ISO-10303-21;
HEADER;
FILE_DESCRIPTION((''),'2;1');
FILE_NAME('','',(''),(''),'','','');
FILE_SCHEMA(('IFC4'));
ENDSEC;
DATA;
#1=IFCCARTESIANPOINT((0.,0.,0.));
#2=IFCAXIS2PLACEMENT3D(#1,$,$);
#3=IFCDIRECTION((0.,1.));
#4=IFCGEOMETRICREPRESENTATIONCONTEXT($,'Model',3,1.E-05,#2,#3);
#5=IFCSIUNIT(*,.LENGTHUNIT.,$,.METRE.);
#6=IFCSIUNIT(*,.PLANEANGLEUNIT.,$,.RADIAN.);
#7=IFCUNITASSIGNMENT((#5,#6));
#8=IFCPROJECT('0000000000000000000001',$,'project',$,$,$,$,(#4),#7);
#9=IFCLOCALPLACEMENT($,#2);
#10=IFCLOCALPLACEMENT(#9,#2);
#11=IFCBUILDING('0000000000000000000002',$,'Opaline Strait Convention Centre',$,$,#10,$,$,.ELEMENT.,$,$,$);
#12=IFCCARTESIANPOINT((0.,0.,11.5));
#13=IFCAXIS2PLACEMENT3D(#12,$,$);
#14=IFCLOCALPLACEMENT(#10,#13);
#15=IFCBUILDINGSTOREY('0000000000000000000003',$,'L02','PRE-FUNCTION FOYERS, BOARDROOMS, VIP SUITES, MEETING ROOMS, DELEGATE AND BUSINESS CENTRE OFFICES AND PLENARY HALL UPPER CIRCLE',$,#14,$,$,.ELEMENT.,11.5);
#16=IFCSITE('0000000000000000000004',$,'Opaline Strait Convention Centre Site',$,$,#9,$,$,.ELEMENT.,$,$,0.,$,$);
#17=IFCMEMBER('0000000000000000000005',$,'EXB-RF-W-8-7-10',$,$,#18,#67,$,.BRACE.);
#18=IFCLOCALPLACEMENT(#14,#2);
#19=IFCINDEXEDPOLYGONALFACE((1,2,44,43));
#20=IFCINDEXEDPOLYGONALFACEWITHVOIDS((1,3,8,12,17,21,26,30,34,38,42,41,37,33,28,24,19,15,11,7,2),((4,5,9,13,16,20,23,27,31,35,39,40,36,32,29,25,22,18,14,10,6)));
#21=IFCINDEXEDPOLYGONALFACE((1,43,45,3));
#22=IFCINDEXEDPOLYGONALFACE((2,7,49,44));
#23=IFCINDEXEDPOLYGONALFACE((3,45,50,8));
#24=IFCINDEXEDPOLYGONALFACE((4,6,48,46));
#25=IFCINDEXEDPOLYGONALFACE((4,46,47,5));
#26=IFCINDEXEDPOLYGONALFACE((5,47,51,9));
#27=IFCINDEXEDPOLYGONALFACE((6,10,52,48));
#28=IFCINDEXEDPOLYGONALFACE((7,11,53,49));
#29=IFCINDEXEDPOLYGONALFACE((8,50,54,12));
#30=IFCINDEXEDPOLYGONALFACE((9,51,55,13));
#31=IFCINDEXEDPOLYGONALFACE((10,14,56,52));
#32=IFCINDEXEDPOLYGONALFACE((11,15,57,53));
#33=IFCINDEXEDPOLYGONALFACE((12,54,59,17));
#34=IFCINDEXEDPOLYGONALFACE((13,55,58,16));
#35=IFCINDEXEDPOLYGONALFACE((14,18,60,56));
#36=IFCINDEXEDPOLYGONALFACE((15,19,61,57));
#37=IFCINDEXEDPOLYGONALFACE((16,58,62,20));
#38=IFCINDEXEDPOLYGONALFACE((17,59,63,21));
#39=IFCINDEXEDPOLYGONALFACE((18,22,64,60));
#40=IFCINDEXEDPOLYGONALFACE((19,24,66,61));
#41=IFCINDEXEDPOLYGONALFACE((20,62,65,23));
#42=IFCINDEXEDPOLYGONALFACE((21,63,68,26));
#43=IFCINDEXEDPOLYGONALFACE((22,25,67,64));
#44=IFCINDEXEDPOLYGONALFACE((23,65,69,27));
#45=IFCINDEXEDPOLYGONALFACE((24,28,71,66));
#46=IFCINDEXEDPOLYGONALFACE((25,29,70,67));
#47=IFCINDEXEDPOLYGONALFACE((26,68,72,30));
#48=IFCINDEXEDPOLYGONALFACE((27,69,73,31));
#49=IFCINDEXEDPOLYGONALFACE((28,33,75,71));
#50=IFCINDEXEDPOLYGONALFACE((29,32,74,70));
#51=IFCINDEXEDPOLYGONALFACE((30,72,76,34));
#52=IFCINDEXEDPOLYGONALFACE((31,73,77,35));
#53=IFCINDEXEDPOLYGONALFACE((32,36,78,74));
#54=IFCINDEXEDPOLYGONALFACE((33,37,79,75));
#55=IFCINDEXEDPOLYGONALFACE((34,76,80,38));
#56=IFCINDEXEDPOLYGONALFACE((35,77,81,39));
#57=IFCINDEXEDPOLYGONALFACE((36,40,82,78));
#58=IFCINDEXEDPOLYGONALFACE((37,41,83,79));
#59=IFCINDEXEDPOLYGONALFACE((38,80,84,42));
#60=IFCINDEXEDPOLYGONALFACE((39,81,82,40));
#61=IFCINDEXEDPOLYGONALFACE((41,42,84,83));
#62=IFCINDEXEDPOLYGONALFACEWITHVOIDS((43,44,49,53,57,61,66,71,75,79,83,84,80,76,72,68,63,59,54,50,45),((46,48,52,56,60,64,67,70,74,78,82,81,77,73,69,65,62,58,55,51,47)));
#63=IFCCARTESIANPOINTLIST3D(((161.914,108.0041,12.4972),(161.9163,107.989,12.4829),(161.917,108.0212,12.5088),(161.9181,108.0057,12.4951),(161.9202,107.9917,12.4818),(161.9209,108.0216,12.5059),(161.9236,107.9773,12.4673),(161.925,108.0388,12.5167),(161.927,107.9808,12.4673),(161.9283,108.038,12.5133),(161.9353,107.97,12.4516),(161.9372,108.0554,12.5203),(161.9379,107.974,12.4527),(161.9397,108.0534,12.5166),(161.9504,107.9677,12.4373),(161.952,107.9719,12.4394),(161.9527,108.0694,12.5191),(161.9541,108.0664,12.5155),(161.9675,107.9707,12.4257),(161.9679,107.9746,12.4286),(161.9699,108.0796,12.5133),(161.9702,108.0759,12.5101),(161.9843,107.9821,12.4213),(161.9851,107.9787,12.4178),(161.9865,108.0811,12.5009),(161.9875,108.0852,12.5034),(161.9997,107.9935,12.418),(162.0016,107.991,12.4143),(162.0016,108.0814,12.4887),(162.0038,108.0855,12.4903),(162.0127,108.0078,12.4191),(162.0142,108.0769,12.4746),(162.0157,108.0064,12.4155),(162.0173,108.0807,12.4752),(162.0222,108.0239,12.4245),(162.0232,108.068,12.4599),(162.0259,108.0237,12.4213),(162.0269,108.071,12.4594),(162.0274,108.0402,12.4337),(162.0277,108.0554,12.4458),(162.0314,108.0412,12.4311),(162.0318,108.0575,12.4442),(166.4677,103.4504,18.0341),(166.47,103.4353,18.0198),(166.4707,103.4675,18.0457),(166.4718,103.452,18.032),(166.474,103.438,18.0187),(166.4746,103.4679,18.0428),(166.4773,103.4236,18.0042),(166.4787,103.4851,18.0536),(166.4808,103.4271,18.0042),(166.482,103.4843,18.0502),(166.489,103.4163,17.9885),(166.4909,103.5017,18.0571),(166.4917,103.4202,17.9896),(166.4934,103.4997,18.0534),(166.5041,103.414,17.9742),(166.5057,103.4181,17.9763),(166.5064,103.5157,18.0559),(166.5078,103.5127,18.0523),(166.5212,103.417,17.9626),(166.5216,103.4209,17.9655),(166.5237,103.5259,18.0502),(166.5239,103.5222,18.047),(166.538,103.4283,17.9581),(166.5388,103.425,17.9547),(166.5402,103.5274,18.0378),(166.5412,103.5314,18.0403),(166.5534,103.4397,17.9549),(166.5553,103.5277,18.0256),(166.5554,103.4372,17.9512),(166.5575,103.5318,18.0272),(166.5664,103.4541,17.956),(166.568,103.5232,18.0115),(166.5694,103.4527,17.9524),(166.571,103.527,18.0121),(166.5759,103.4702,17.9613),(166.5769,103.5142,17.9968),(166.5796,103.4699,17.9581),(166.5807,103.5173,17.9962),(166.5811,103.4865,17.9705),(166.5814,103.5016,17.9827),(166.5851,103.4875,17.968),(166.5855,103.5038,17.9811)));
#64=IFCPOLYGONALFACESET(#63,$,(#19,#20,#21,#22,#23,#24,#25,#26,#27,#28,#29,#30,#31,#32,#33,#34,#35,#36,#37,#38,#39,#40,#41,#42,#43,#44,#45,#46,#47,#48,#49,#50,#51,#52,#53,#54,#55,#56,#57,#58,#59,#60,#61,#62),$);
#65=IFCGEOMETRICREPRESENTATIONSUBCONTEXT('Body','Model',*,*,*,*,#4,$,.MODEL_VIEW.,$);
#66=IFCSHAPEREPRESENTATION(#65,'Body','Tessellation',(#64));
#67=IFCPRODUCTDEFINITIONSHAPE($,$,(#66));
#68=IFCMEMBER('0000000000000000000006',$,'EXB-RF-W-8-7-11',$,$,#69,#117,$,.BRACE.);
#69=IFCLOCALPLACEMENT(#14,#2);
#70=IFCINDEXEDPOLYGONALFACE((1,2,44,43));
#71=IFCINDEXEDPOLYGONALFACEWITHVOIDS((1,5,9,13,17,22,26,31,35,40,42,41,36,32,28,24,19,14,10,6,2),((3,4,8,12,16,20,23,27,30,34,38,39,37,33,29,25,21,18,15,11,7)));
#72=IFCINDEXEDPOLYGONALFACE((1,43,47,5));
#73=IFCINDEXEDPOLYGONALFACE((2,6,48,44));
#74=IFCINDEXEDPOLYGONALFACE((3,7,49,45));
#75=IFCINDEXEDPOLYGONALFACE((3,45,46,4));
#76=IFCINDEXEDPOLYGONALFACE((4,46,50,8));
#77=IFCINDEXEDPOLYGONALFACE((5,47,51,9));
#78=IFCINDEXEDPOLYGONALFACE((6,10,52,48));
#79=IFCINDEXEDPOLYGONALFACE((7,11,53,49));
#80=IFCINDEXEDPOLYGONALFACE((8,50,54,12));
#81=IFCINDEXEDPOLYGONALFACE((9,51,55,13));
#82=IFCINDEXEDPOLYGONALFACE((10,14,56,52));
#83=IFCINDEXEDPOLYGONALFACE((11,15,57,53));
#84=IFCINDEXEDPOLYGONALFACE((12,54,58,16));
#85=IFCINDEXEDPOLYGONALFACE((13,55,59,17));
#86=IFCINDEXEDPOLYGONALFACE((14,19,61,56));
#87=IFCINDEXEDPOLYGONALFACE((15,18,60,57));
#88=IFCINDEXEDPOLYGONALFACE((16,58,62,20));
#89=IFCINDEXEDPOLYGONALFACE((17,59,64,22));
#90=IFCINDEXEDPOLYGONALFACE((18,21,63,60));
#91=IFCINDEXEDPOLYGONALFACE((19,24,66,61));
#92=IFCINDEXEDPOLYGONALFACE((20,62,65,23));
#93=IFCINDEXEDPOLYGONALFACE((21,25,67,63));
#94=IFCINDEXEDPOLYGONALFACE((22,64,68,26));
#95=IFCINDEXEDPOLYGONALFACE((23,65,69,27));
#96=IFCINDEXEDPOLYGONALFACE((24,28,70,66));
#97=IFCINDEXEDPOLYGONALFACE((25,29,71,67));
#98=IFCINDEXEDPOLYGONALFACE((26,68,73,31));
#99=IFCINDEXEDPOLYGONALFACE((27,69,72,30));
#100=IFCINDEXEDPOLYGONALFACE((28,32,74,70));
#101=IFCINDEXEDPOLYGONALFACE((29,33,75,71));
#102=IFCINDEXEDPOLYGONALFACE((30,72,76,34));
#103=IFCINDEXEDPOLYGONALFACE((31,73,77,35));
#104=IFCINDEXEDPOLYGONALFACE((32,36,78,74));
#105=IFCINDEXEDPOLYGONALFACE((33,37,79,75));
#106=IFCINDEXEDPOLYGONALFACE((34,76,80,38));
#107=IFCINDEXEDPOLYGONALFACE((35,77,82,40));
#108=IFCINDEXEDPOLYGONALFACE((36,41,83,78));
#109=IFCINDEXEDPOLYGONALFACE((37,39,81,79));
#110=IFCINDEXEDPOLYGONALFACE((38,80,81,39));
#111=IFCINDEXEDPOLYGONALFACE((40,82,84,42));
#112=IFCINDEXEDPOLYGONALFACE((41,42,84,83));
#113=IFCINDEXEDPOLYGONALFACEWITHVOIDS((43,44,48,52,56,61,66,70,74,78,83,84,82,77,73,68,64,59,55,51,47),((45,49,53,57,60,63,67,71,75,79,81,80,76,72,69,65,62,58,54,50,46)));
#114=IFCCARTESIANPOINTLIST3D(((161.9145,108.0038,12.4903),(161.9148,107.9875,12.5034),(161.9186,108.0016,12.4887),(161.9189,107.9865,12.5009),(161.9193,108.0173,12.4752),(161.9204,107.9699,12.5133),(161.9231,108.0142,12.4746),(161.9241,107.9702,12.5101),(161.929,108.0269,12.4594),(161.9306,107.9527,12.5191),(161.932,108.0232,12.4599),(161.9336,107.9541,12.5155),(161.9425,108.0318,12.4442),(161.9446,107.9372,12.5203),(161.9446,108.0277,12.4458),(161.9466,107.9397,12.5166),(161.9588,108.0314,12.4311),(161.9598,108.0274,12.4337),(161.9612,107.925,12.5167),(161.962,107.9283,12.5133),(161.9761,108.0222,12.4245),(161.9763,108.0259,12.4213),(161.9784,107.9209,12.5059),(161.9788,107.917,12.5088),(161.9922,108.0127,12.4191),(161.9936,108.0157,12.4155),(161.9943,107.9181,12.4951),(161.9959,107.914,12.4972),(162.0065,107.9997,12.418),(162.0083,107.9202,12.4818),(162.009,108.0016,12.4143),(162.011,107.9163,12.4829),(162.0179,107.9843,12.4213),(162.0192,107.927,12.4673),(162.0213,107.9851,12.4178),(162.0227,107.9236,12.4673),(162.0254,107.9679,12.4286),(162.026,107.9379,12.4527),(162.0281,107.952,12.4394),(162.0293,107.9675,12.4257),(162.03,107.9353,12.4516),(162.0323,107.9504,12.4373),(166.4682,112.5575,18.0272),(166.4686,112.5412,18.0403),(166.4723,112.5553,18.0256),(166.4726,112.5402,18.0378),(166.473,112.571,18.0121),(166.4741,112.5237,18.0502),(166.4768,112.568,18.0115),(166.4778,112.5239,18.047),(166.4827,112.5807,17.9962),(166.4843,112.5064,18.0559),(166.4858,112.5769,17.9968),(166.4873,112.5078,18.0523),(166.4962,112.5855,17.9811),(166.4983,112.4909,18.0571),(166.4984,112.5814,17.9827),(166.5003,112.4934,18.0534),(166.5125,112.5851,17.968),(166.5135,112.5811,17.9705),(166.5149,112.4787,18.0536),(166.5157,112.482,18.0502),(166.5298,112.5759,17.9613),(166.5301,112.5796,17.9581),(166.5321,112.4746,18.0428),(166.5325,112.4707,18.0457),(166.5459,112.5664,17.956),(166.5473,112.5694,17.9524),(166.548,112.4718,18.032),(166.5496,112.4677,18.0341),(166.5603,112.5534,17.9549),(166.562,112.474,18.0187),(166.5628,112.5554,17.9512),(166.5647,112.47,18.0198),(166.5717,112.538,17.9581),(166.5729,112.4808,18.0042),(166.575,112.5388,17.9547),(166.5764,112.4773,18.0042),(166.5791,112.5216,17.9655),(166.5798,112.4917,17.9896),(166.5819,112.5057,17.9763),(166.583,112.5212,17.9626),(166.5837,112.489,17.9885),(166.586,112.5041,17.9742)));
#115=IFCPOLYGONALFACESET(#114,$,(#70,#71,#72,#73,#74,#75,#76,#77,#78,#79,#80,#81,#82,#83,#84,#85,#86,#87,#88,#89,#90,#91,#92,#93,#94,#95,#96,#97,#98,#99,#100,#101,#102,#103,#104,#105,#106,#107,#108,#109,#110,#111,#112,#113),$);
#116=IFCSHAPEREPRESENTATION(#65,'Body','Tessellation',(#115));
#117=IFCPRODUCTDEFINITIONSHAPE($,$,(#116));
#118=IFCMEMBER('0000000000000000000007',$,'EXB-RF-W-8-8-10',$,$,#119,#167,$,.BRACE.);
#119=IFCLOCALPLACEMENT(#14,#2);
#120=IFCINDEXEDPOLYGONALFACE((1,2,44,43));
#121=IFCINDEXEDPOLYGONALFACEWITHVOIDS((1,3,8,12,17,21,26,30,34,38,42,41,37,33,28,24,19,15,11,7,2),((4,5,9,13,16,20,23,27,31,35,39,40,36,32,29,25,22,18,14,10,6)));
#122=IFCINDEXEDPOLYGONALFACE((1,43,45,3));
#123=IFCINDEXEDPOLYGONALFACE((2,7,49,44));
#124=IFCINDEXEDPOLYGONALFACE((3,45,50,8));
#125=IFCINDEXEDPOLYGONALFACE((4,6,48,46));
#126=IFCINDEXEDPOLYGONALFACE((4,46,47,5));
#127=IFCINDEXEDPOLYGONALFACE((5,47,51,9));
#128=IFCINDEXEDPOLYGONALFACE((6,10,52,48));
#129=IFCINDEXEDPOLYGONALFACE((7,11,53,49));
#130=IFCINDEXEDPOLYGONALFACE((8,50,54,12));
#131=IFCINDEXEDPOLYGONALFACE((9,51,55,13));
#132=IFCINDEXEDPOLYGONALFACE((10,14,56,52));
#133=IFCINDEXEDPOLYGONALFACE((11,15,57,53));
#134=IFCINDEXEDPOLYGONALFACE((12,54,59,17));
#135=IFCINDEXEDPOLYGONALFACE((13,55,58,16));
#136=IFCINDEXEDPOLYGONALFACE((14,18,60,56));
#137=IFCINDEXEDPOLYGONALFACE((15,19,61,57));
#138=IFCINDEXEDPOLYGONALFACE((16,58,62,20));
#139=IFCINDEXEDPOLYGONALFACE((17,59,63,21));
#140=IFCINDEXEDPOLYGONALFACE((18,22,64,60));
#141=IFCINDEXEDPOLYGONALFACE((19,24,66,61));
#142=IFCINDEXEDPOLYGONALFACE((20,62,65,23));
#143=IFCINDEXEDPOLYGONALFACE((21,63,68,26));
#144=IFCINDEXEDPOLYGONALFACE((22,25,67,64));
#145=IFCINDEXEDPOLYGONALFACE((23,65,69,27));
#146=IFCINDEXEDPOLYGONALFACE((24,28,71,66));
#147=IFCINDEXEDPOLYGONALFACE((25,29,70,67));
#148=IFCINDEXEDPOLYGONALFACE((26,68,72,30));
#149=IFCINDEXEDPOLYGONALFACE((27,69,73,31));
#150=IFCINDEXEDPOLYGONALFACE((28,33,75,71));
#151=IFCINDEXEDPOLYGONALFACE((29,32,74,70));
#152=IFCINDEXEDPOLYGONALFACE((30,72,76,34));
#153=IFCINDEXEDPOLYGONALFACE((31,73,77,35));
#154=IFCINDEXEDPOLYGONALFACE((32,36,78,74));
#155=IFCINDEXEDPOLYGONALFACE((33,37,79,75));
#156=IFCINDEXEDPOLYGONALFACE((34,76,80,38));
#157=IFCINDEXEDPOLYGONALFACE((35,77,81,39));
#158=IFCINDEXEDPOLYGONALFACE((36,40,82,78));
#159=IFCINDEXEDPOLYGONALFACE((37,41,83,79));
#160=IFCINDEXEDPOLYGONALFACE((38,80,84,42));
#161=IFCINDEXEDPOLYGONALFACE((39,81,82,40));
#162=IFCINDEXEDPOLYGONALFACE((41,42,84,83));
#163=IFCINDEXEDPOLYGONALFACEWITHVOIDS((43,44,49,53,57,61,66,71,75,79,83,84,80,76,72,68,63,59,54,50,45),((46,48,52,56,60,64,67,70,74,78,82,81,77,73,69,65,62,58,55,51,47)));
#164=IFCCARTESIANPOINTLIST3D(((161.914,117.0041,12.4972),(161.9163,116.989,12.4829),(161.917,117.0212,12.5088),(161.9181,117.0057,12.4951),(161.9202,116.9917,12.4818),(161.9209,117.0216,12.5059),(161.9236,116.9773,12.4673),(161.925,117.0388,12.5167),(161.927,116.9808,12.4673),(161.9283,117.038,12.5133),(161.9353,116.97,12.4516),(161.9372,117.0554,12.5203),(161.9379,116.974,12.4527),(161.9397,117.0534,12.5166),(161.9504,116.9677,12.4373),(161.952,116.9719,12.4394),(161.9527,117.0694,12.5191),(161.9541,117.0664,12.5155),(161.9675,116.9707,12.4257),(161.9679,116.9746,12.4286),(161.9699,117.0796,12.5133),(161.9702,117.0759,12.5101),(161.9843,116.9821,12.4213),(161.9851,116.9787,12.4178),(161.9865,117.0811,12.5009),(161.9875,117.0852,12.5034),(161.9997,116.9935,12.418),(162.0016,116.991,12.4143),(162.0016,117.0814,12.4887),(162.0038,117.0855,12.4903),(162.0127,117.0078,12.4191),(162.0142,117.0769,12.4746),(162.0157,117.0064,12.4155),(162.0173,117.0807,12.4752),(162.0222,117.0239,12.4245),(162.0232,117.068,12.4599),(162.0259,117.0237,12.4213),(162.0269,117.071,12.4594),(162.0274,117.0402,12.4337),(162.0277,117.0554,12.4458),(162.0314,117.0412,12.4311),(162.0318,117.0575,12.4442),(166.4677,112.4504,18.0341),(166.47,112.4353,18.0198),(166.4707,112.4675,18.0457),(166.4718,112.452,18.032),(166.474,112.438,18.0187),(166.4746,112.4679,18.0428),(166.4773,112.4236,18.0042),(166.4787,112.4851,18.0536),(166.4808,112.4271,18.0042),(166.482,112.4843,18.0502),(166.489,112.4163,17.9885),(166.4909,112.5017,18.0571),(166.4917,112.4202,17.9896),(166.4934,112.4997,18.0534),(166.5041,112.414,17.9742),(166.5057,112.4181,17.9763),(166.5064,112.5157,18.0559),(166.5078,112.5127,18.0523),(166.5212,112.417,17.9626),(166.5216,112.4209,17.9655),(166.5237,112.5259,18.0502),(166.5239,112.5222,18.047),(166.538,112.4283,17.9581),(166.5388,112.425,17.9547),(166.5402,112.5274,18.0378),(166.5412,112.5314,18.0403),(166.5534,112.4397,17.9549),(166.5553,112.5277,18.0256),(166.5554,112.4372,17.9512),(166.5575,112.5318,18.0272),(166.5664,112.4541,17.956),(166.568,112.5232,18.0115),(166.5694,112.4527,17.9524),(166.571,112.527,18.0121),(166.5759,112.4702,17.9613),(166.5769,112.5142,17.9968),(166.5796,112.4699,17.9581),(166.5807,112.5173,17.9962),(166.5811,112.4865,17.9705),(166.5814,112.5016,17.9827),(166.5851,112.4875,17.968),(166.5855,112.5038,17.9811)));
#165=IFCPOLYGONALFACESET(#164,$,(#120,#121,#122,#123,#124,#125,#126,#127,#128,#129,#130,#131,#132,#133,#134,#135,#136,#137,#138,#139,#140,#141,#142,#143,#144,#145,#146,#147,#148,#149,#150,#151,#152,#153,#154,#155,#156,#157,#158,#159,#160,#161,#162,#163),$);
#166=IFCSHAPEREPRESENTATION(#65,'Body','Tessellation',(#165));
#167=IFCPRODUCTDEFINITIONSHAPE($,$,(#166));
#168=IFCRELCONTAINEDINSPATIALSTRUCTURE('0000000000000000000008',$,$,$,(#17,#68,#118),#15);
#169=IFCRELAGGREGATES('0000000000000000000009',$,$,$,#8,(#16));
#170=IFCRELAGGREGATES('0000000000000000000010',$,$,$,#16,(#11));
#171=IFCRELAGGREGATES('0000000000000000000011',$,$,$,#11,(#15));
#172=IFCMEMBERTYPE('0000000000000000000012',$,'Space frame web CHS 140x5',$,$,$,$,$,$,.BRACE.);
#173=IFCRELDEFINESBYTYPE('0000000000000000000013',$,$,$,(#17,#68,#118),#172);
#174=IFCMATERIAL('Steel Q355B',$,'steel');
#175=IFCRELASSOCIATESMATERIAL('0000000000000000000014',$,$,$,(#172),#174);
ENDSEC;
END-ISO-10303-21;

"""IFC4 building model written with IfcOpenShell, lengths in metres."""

from ifc_helpers import new_model, si_unit, direction, frame, origin, origin_2d, place, context, subcontext, project, spatial, hollow_circle, extrude, material, material_profile, profile_set, type_object, element, save


model = new_model("IFC4")

# Units and contexts
model_context = context("Model", 3, precision=1e-05, world=origin(), true_north=direction((0.0, 1.0)))
body_context = subcontext(model_context, "Body", "Model", "MODEL_VIEW")
ifc_project = project(units=[si_unit("LENGTHUNIT", "METRE"), si_unit("PLANEANGLEUNIT", "RADIAN")], contexts=[model_context])

# Site, building, storey
site_placement = place(None, origin())
site = spatial("IfcSite", under=ifc_project, at=site_placement, Name="Opaline Strait Convention Centre Site", CompositionType="ELEMENT", RefElevation=0.0)
building_placement = place(site_placement, origin())
building = spatial("IfcBuilding", under=site, at=building_placement, Name="Opaline Strait Convention Centre", CompositionType="ELEMENT")
storey_placement = place(building_placement, frame((0.0, 0.0, 11.5)))
storey = spatial("IfcBuildingStorey", under=building, at=storey_placement, Name="L02", Description="PRE-FUNCTION FOYERS, BOARDROOMS, VIP SUITES, MEETING ROOMS, DELEGATE AND BUSINESS CENTRE OFFICES AND PLENARY HALL UPPER CIRCLE", CompositionType="ELEMENT", Elevation=11.5)

# Members
ifc_material = material(Name="Steel Q355B", Category="steel")
ifc_material_profile_1 = material_profile(ifc_material, hollow_circle(Radius=0.0701, WallThickness=0.0049, at=origin_2d()), Name="CHS 140x5")
ifc_profile_set_1 = profile_set([ifc_material_profile_1], Name="Steel Q355B")
member_type_1 = type_object("IfcMemberType", Name="Space frame web CHS 140x5", PredefinedType="BRACE", material=ifc_profile_set_1)
for number, where, z_axis, x_axis, name in (
    (1, (166.5269, 103.4731, 18.0042), (-0.536178, 0.536178, -0.65194), (-0.707107, -0.707107, 0.0), "EXB-RF-W-8-7-10"),
    (2, (166.5269, 112.5269, 18.0042), (-0.536178, -0.536178, -0.65194), (0.707107, -0.707107, 0.0), "EXB-RF-W-8-7-11"),
    (3, (166.5269, 112.4731, 18.0042), (-0.536178, 0.536178, -0.65194), (-0.707107, -0.707107, 0.0), "EXB-RF-W-8-8-10"),
):
    element("IfcMember", number, at=place(storey_placement, frame(where, z_axis=z_axis, x_axis=x_axis)), inside=storey, type_object=member_type_1, Name=name, PredefinedType="BRACE", context=body_context, shape_type="SweptSolid", body=[
        extrude(hollow_circle(Radius=0.0701, WallThickness=0.0049, at=origin_2d()), origin(), (0.0, 0.0, 1.0), 8.4929),
    ])

save(model, "model.ifc")
